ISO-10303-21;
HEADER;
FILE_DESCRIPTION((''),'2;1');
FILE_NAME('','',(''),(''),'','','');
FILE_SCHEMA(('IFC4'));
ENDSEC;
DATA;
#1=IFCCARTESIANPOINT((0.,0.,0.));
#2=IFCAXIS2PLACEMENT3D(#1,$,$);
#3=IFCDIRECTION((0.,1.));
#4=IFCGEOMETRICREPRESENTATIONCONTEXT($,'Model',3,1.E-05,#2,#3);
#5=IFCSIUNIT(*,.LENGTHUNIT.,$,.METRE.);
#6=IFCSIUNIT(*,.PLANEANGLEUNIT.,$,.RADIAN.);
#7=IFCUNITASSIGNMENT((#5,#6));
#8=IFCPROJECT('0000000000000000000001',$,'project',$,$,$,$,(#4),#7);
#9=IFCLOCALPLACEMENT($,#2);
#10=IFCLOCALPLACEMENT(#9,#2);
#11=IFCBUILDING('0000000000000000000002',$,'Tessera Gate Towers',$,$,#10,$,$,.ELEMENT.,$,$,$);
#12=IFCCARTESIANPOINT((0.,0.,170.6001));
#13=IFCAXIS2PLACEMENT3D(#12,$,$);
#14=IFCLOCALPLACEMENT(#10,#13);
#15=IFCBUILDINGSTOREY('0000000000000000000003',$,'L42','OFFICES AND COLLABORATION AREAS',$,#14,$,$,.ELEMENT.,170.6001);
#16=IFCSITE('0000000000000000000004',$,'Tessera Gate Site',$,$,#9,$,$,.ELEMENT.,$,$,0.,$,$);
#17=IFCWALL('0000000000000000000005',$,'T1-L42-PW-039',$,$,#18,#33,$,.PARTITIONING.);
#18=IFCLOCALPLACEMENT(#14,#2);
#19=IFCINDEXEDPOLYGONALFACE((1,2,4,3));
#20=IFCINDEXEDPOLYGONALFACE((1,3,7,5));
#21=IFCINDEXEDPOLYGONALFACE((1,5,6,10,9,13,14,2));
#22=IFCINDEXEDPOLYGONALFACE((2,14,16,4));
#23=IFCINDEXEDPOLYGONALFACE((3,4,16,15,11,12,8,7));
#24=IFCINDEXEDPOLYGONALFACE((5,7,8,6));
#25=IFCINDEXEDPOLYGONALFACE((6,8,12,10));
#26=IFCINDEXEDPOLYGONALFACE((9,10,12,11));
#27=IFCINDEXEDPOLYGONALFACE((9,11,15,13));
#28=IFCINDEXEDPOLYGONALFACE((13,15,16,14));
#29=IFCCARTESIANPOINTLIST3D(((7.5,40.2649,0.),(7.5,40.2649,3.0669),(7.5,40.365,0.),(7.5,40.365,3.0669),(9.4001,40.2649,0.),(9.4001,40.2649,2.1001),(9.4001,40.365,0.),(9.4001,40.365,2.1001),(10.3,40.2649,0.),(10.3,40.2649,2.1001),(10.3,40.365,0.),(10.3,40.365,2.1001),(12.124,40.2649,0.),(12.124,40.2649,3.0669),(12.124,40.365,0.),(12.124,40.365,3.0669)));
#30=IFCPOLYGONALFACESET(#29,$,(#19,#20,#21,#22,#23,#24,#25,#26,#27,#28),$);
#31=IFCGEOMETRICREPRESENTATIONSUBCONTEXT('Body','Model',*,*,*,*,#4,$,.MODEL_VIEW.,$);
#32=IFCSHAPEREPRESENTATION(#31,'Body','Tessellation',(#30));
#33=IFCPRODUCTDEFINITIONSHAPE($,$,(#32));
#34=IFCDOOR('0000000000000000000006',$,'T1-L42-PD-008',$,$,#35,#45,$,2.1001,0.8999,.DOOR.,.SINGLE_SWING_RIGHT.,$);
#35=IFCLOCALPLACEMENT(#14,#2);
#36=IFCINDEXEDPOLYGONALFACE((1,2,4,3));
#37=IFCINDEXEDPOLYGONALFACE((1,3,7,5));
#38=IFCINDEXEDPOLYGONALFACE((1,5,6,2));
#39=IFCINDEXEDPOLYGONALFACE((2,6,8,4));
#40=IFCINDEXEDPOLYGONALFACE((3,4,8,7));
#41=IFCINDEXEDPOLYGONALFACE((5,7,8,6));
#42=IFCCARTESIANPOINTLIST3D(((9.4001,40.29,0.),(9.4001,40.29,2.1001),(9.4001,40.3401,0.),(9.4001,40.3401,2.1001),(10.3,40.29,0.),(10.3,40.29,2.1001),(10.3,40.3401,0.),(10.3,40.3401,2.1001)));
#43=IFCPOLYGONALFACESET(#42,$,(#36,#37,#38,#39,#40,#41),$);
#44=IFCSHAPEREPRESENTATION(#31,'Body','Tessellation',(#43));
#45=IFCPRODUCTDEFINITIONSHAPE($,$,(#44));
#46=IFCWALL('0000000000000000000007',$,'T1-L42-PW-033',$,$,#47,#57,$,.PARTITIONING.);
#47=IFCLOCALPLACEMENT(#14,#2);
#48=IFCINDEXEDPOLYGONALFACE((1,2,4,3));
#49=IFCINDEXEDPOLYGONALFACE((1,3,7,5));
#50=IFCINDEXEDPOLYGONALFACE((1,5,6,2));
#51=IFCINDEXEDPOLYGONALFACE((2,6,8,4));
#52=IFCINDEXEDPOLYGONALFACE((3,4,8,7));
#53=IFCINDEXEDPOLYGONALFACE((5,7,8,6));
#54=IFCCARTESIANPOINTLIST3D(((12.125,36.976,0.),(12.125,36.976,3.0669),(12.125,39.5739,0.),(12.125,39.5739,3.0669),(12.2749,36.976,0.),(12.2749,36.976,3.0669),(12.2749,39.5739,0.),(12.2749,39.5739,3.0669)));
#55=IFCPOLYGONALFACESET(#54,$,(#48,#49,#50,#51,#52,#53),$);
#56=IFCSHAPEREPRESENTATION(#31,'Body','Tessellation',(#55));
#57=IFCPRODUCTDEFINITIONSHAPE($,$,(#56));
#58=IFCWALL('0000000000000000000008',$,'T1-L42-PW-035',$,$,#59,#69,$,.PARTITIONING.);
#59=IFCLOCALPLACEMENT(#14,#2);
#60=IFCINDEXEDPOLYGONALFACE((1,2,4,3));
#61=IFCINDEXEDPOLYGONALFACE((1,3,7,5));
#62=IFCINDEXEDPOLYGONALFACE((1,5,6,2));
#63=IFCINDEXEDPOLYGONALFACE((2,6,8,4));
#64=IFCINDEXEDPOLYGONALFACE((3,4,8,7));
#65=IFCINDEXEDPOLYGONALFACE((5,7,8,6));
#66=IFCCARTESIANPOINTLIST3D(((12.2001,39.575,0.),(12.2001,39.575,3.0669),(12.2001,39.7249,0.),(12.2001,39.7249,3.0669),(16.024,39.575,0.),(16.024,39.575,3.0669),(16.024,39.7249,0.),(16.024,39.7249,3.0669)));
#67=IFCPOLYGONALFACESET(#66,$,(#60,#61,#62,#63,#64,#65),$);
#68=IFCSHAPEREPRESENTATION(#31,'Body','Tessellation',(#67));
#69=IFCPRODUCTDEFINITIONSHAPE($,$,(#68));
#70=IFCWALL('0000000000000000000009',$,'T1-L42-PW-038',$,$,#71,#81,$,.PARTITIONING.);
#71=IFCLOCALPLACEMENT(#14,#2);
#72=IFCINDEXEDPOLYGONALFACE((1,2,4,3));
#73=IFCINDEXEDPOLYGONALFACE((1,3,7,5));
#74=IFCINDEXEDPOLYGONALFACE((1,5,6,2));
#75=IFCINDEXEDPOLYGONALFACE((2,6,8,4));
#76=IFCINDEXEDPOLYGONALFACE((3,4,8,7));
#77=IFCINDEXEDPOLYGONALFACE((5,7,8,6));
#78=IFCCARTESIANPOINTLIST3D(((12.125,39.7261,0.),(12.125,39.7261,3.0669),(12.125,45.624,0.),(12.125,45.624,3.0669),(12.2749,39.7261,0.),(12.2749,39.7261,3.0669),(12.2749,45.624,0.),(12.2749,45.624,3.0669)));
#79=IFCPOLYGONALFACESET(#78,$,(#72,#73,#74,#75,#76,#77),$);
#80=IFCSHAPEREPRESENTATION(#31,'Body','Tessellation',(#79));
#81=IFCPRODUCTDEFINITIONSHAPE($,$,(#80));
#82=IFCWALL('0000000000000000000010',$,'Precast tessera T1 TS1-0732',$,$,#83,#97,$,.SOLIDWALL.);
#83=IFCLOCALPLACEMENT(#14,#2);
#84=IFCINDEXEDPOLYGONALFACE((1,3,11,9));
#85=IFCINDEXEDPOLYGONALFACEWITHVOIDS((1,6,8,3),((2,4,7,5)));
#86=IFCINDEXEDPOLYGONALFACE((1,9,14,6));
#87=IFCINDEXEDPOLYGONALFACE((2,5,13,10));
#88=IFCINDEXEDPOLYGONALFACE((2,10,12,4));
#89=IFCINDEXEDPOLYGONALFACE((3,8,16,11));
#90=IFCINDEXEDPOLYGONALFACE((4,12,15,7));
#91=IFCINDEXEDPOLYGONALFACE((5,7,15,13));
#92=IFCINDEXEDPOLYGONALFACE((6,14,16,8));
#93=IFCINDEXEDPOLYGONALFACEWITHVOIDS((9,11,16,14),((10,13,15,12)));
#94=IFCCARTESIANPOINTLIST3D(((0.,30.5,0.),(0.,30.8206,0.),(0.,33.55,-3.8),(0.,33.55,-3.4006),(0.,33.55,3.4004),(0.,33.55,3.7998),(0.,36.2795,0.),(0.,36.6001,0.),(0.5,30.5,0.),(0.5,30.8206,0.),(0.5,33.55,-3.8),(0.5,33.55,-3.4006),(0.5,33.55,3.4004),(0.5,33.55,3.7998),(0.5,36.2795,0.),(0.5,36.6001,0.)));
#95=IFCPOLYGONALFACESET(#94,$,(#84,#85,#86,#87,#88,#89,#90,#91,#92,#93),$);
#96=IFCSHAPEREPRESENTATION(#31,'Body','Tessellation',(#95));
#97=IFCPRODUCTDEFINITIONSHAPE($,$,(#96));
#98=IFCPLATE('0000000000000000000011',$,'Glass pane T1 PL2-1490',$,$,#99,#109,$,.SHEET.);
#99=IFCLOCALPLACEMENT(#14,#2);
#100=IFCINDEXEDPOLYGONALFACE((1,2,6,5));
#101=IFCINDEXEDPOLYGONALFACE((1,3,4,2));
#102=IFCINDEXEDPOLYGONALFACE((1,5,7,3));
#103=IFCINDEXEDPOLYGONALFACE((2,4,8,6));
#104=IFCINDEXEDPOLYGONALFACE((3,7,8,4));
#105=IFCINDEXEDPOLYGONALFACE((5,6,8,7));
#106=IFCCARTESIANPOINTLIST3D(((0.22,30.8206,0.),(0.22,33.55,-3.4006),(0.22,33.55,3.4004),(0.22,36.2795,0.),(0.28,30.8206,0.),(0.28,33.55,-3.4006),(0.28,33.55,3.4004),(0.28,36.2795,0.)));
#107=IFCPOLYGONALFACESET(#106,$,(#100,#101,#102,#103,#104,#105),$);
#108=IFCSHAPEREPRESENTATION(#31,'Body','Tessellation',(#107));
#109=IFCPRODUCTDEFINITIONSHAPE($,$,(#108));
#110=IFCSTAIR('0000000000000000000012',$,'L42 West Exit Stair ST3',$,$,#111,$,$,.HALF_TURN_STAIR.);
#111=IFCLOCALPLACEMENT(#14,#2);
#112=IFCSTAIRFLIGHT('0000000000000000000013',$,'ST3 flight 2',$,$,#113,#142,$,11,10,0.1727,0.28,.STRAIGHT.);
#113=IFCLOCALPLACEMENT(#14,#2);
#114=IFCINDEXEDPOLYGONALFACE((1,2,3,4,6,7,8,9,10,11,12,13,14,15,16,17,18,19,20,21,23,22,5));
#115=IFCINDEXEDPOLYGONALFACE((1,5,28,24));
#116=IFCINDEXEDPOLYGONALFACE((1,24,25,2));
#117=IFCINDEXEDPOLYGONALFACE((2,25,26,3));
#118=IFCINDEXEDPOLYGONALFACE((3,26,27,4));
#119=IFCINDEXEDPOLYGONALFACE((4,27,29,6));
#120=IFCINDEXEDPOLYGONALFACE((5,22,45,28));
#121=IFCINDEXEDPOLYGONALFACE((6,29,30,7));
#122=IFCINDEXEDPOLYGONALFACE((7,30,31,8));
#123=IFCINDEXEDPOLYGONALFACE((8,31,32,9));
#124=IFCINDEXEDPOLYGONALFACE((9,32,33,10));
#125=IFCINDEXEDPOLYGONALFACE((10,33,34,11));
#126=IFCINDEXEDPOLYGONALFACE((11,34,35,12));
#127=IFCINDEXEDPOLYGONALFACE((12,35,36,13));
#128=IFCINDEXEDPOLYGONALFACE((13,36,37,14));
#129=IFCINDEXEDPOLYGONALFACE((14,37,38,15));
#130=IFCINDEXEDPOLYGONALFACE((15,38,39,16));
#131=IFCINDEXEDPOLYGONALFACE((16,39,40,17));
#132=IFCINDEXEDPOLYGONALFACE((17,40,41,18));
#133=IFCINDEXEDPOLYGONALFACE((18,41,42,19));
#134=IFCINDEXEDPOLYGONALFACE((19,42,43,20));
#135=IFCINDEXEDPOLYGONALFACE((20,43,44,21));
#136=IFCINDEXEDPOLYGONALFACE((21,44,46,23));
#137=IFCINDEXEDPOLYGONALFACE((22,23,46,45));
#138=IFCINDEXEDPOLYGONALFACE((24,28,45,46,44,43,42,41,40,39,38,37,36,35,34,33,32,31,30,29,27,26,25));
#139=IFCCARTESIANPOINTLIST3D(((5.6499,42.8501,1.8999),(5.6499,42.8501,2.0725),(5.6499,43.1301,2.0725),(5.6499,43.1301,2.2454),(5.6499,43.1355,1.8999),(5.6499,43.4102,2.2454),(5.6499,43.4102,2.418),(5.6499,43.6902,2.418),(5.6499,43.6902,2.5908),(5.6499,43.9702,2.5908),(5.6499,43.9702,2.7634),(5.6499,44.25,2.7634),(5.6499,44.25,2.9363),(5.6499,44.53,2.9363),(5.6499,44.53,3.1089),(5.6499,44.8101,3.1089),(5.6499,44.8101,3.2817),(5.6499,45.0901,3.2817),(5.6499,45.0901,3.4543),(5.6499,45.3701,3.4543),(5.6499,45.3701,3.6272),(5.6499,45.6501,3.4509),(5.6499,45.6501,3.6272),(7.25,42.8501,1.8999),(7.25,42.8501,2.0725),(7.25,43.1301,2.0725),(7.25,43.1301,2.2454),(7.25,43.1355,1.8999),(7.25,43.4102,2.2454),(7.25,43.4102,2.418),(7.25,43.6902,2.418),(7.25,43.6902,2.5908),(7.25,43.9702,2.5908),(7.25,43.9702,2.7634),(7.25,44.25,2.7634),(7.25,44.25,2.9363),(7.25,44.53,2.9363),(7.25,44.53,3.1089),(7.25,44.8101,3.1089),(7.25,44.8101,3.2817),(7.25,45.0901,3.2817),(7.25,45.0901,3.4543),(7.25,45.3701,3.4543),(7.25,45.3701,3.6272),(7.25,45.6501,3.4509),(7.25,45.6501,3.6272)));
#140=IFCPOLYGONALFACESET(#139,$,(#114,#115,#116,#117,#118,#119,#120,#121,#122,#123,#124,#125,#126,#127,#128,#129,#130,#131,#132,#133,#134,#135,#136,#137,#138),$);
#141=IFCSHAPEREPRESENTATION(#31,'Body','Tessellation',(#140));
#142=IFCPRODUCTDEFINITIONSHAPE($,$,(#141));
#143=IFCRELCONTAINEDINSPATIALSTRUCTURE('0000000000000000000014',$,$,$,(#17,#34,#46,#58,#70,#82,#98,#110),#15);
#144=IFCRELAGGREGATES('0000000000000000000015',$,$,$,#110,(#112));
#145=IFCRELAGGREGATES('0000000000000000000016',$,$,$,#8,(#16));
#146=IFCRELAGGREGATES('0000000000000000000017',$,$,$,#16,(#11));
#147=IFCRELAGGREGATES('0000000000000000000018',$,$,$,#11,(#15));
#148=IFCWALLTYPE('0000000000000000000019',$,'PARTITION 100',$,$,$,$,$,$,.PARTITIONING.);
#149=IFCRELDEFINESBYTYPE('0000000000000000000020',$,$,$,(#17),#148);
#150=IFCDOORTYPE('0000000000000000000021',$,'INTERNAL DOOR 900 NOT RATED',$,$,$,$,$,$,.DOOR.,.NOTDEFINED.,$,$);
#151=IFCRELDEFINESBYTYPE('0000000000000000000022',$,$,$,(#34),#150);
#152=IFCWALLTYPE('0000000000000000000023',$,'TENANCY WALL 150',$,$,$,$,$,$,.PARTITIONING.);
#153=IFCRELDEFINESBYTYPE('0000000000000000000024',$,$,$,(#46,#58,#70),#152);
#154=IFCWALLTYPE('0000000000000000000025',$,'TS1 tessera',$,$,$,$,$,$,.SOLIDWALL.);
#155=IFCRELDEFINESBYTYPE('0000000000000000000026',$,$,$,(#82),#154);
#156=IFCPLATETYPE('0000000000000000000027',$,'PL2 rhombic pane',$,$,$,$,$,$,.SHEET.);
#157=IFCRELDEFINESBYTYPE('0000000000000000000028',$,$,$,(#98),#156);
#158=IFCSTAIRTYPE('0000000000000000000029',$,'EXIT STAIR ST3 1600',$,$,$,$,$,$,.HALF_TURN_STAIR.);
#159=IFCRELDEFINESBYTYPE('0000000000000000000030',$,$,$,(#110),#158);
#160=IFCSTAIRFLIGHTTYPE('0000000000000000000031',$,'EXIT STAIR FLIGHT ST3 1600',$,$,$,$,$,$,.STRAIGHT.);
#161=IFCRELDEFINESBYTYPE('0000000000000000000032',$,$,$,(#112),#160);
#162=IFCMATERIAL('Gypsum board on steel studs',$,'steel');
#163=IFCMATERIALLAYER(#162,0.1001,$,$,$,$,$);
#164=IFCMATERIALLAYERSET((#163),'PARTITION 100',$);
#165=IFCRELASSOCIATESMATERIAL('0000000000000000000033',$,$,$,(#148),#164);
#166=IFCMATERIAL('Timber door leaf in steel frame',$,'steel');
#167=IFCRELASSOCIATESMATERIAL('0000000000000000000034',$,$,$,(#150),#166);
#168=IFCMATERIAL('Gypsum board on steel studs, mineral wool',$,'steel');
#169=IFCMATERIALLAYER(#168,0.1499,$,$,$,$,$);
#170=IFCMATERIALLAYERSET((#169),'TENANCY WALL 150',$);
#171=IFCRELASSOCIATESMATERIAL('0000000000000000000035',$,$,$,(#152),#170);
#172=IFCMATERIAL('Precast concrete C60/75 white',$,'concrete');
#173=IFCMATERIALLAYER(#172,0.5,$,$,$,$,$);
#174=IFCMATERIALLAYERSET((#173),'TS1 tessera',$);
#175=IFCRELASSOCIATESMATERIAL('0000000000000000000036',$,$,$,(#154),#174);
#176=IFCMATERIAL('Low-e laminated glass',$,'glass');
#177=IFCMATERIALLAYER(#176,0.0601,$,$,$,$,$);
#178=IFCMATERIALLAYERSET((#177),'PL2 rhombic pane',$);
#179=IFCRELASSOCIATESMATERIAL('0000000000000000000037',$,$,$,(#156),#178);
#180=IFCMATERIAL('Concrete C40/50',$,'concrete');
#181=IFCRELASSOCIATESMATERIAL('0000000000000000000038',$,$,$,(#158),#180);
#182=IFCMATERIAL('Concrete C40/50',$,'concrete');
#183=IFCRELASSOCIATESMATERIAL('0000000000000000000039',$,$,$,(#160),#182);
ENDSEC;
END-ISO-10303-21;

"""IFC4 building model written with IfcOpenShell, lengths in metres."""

from ifc_helpers import new_model, si_unit, direction, frame, frame_2d, origin, place, context, subcontext, project, spatial, polyline, rectangle, outline, extrude, source, transform, mapped, material, layer, layer_set, type_object, element, fill, aggregate, save


model = new_model("IFC4")

# Units and contexts
model_context = context("Model", 3, precision=1e-05, world=origin(), true_north=direction((0.0, 1.0)))
body_context = subcontext(model_context, "Body", "Model", "MODEL_VIEW")
ifc_project = project(units=[si_unit("LENGTHUNIT", "METRE"), si_unit("PLANEANGLEUNIT", "RADIAN")], contexts=[model_context])

# Site, building, storey
site_placement = place(None, origin())
site = spatial("IfcSite", under=ifc_project, at=site_placement, Name="Tessera Gate Site", CompositionType="ELEMENT", RefElevation=0.0)
building_placement = place(site_placement, origin())
building = spatial("IfcBuilding", under=site, at=building_placement, Name="Tessera Gate Towers", CompositionType="ELEMENT")
storey_placement = place(building_placement, frame((0.0, 0.0, 170.6001)))
storey = spatial("IfcBuildingStorey", under=building, at=storey_placement, Name="L42", Description="OFFICES AND COLLABORATION AREAS", CompositionType="ELEMENT", Elevation=170.6001)

# Wall, opening, door
ifc_material_1 = material(Name="Gypsum board on steel studs", Category="steel")
ifc_layer_1 = layer(ifc_material_1, 0.1001)
ifc_layer_set_1 = layer_set([ifc_layer_1], Name="PARTITION 100")
wall_type_1 = type_object("IfcWallType", Name="PARTITION 100", PredefinedType="PARTITIONING", material=ifc_layer_set_1)
wall_1_placement = place(storey_placement, frame((12.124, 40.3149, 0.0), z_axis=(0.0, 0.0, 1.0), x_axis=(-1.0, 0.0, 0.0)))
wall_1 = element("IfcWall", 1, at=wall_1_placement, inside=storey, type_object=wall_type_1, Name="T1-L42-PW-039", PredefinedType="PARTITIONING", context=body_context, shape_type="SweptSolid", body=[
    extrude(rectangle(XDim=4.624, YDim=0.1001, at=frame_2d((2.312, 0.0))), origin(), (0.0, 0.0, 1.0), 3.0669),
])
shared_shape_1 = source(origin(), body_context, "Body", "SweptSolid", [
    extrude(rectangle(XDim=0.8999, YDim=2.1001, at=frame_2d((0.45, 1.05))), frame((0.0, 0.0601, 0.0), z_axis=(0.0, -1.0, 0.0), x_axis=(1.0, 0.0, 0.0)), (0.0, 0.0, 1.0), 0.1201),
])
opening_1_placement = place(wall_1_placement, frame((1.824, 0.0, 0.0)))
opening_1 = element("IfcOpeningElement", 2, at=opening_1_placement, cuts=wall_1, PredefinedType="OPENING", context=body_context, shape_type="MappedRepresentation", body=[
    mapped(shared_shape_1, transform((0.0, 0.0, 0.0), scale=1.0)),
])
ifc_material_2 = material(Name="Timber door leaf in steel frame", Category="steel")
door_type = type_object("IfcDoorType", Name="INTERNAL DOOR 900 NOT RATED", OperationType="NOTDEFINED", PredefinedType="DOOR", material=ifc_material_2)
shared_shape_2 = source(origin(), body_context, "Body", "SweptSolid", [
    extrude(rectangle(XDim=0.8999, YDim=2.1001, at=frame_2d((0.45, 1.05))), frame((0.0, 0.0249, 0.0), z_axis=(0.0, -1.0, 0.0), x_axis=(1.0, 0.0, 0.0)), (0.0, 0.0, 1.0), 0.05),
])
door_placement = place(opening_1_placement, origin())
door = element("IfcDoor", 3, at=door_placement, inside=storey, type_object=door_type, Name="T1-L42-PD-008", OperationType="SINGLE_SWING_RIGHT", OverallHeight=2.1001, OverallWidth=0.8999, PredefinedType="DOOR", context=body_context, shape_type="MappedRepresentation", body=[
    mapped(shared_shape_2, transform((0.0, 0.0, 0.0), scale=1.0)),
])
fill(opening_1, door)

# Walls
ifc_material_3 = material(Name="Gypsum board on steel studs, mineral wool", Category="steel")
ifc_layer_2 = layer(ifc_material_3, 0.1499)
ifc_layer_set_2 = layer_set([ifc_layer_2], Name="TENANCY WALL 150")
wall_type_2 = type_object("IfcWallType", Name="TENANCY WALL 150", PredefinedType="PARTITIONING", material=ifc_layer_set_2)
wall_2_placement = place(storey_placement, frame((12.2, 36.9761, 0.0), z_axis=(0.0, 0.0, 1.0), x_axis=(0.0, 1.0, 0.0)))
element("IfcWall", 4, at=wall_2_placement, inside=storey, type_object=wall_type_2, Name="T1-L42-PW-033", PredefinedType="PARTITIONING", context=body_context, shape_type="SweptSolid", body=[
    extrude(rectangle(XDim=2.5979, YDim=0.1499, at=frame_2d((1.2988, 0.0))), origin(), (0.0, 0.0, 1.0), 3.0669),
])
wall_3_placement = place(storey_placement, frame((12.2, 39.6499, 0.0), z_axis=(0.0, 0.0, 1.0), x_axis=(1.0, 0.0, 0.0)))
element("IfcWall", 5, at=wall_3_placement, inside=storey, type_object=wall_type_2, Name="T1-L42-PW-035", PredefinedType="PARTITIONING", context=body_context, shape_type="SweptSolid", body=[
    extrude(rectangle(XDim=3.824, YDim=0.1499, at=frame_2d((1.9121, 0.0))), origin(), (0.0, 0.0, 1.0), 3.0669),
])
wall_4_placement = place(storey_placement, frame((12.2, 39.7261, 0.0), z_axis=(0.0, 0.0, 1.0), x_axis=(0.0, 1.0, 0.0)))
element("IfcWall", 6, at=wall_4_placement, inside=storey, type_object=wall_type_2, Name="T1-L42-PW-038", PredefinedType="PARTITIONING", context=body_context, shape_type="SweptSolid", body=[
    extrude(rectangle(XDim=5.8979, YDim=0.1499, at=frame_2d((2.949, 0.0))), origin(), (0.0, 0.0, 1.0), 3.0669),
])

# Wall, opening, plate
ifc_material_4 = material(Name="Precast concrete C60/75 white", Category="concrete")
ifc_layer_3 = layer(ifc_material_4, 0.5)
ifc_layer_set_3 = layer_set([ifc_layer_3], Name="TS1 tessera")
wall_type_3 = type_object("IfcWallType", Name="TS1 tessera", PredefinedType="SOLIDWALL", material=ifc_layer_set_3)
shared_shape_3 = source(origin(), body_context, "Body", "SweptSolid", [
    extrude(outline(polyline([(3.05, 0.0), (6.1001, 3.8), (3.05, 7.5999), (0.0, 3.8), (3.05, 0.0)])), frame((0.0, 0.25, 0.0), z_axis=(0.0, -1.0, 0.0), x_axis=(1.0, 0.0, 0.0)), (0.0, 0.0, 1.0), 0.5),
])
wall_5_placement = place(storey_placement, frame((0.25, 36.6001, -3.8), z_axis=(0.0, 0.0, 1.0), x_axis=(0.0, -1.0, 0.0)))
wall_5 = element("IfcWall", 7, at=wall_5_placement, inside=storey, type_object=wall_type_3, Name="Precast tessera T1 TS1-0732", PredefinedType="SOLIDWALL", context=body_context, shape_type="MappedRepresentation", body=[
    mapped(shared_shape_3, transform((0.0, 0.0, 0.0), scale=1.0)),
])
shared_shape_4 = source(origin(), body_context, "Body", "SweptSolid", [
    extrude(outline(polyline([(3.05, 0.3994), (5.7795, 3.8), (3.05, 7.2004), (0.3206, 3.8), (3.05, 0.3994)])), frame((0.0, 0.26, 0.0), z_axis=(0.0, -1.0, 0.0), x_axis=(1.0, 0.0, 0.0)), (0.0, 0.0, 1.0), 0.52),
])
opening_2_placement = place(wall_5_placement, origin())
opening_2 = element("IfcOpeningElement", 8, at=opening_2_placement, cuts=wall_5, PredefinedType="OPENING", context=body_context, shape_type="MappedRepresentation", body=[
    mapped(shared_shape_4, transform((0.0, 0.0, 0.0), scale=1.0)),
])
ifc_material_5 = material(Name="Low-e laminated glass", Category="glass")
ifc_layer_4 = layer(ifc_material_5, 0.0601)
ifc_layer_set_4 = layer_set([ifc_layer_4], Name="PL2 rhombic pane")
plate_type = type_object("IfcPlateType", Name="PL2 rhombic pane", PredefinedType="SHEET", material=ifc_layer_set_4)
shared_shape_5 = source(origin(), body_context, "Body", "SweptSolid", [
    extrude(outline(polyline([(3.05, 0.3994), (5.7795, 3.8), (3.05, 7.2004), (0.3206, 3.8), (3.05, 0.3994)])), frame((0.0, 0.03, 0.0), z_axis=(0.0, -1.0, 0.0), x_axis=(1.0, 0.0, 0.0)), (0.0, 0.0, 1.0), 0.0601),
])
plate_placement = place(opening_2_placement, origin())
plate = element("IfcPlate", 9, at=plate_placement, inside=storey, type_object=plate_type, Name="Glass pane T1 PL2-1490", PredefinedType="SHEET", context=body_context, shape_type="MappedRepresentation", body=[
    mapped(shared_shape_5, transform((0.0, 0.0, 0.0), scale=1.0)),
])
fill(opening_2, plate)

# Stair, stair flight
ifc_material_6 = material(Name="Concrete C40/50", Category="concrete")
stair_type = type_object("IfcStairType", Name="EXIT STAIR ST3 1600", PredefinedType="HALF_TURN_STAIR", material=ifc_material_6)
stair_placement = place(storey_placement, origin())
stair = element("IfcStair", 10, at=stair_placement, inside=storey, type_object=stair_type, Name="L42 West Exit Stair ST3", PredefinedType="HALF_TURN_STAIR")
ifc_material_7 = material(Name="Concrete C40/50", Category="concrete")
stair_flight_type = type_object("IfcStairFlightType", Name="EXIT STAIR FLIGHT ST3 1600", PredefinedType="STRAIGHT", material=ifc_material_7)
stair_flight_placement = place(storey_placement, frame((6.45, 42.8501, 1.8999), z_axis=(0.0, 0.0, 1.0), x_axis=(0.0, 1.0, 0.0)))
stair_flight = element("IfcStairFlight", 11, at=stair_flight_placement, type_object=stair_flight_type, Name="ST3 flight 2", NumberOfRisers=11, NumberOfTreads=10, PredefinedType="STRAIGHT", RiserHeight=0.1727, TreadLength=0.28, context=body_context, shape_type="SweptSolid", body=[
    extrude(outline(polyline([(0.0, 0.0), (0.0, 0.1726), (0.28, 0.1726), (0.28, 0.3455), (0.5601, 0.3455), (0.5601, 0.5181), (0.8401, 0.5181), (0.8401, 0.6909), (1.1201, 0.6909), (1.1201, 0.8635), (1.3999, 0.8635), (1.3999, 1.0364), (1.6799, 1.0364), (1.6799, 1.209), (1.96, 1.209), (1.96, 1.3818), (2.24, 1.3818), (2.24, 1.5544), (2.52, 1.5544), (2.52, 1.7273), (2.8, 1.7273), (2.8, 1.8999), (2.8, 1.551), (0.2854, 0.0), (0.0, 0.0)])), frame((0.0, 0.8, 0.0), z_axis=(0.0, -1.0, 0.0), x_axis=(1.0, 0.0, 0.0)), (0.0, 0.0, 1.0), 1.6001),
])
aggregate(stair, [stair_flight])

save(model, "model.ifc")
